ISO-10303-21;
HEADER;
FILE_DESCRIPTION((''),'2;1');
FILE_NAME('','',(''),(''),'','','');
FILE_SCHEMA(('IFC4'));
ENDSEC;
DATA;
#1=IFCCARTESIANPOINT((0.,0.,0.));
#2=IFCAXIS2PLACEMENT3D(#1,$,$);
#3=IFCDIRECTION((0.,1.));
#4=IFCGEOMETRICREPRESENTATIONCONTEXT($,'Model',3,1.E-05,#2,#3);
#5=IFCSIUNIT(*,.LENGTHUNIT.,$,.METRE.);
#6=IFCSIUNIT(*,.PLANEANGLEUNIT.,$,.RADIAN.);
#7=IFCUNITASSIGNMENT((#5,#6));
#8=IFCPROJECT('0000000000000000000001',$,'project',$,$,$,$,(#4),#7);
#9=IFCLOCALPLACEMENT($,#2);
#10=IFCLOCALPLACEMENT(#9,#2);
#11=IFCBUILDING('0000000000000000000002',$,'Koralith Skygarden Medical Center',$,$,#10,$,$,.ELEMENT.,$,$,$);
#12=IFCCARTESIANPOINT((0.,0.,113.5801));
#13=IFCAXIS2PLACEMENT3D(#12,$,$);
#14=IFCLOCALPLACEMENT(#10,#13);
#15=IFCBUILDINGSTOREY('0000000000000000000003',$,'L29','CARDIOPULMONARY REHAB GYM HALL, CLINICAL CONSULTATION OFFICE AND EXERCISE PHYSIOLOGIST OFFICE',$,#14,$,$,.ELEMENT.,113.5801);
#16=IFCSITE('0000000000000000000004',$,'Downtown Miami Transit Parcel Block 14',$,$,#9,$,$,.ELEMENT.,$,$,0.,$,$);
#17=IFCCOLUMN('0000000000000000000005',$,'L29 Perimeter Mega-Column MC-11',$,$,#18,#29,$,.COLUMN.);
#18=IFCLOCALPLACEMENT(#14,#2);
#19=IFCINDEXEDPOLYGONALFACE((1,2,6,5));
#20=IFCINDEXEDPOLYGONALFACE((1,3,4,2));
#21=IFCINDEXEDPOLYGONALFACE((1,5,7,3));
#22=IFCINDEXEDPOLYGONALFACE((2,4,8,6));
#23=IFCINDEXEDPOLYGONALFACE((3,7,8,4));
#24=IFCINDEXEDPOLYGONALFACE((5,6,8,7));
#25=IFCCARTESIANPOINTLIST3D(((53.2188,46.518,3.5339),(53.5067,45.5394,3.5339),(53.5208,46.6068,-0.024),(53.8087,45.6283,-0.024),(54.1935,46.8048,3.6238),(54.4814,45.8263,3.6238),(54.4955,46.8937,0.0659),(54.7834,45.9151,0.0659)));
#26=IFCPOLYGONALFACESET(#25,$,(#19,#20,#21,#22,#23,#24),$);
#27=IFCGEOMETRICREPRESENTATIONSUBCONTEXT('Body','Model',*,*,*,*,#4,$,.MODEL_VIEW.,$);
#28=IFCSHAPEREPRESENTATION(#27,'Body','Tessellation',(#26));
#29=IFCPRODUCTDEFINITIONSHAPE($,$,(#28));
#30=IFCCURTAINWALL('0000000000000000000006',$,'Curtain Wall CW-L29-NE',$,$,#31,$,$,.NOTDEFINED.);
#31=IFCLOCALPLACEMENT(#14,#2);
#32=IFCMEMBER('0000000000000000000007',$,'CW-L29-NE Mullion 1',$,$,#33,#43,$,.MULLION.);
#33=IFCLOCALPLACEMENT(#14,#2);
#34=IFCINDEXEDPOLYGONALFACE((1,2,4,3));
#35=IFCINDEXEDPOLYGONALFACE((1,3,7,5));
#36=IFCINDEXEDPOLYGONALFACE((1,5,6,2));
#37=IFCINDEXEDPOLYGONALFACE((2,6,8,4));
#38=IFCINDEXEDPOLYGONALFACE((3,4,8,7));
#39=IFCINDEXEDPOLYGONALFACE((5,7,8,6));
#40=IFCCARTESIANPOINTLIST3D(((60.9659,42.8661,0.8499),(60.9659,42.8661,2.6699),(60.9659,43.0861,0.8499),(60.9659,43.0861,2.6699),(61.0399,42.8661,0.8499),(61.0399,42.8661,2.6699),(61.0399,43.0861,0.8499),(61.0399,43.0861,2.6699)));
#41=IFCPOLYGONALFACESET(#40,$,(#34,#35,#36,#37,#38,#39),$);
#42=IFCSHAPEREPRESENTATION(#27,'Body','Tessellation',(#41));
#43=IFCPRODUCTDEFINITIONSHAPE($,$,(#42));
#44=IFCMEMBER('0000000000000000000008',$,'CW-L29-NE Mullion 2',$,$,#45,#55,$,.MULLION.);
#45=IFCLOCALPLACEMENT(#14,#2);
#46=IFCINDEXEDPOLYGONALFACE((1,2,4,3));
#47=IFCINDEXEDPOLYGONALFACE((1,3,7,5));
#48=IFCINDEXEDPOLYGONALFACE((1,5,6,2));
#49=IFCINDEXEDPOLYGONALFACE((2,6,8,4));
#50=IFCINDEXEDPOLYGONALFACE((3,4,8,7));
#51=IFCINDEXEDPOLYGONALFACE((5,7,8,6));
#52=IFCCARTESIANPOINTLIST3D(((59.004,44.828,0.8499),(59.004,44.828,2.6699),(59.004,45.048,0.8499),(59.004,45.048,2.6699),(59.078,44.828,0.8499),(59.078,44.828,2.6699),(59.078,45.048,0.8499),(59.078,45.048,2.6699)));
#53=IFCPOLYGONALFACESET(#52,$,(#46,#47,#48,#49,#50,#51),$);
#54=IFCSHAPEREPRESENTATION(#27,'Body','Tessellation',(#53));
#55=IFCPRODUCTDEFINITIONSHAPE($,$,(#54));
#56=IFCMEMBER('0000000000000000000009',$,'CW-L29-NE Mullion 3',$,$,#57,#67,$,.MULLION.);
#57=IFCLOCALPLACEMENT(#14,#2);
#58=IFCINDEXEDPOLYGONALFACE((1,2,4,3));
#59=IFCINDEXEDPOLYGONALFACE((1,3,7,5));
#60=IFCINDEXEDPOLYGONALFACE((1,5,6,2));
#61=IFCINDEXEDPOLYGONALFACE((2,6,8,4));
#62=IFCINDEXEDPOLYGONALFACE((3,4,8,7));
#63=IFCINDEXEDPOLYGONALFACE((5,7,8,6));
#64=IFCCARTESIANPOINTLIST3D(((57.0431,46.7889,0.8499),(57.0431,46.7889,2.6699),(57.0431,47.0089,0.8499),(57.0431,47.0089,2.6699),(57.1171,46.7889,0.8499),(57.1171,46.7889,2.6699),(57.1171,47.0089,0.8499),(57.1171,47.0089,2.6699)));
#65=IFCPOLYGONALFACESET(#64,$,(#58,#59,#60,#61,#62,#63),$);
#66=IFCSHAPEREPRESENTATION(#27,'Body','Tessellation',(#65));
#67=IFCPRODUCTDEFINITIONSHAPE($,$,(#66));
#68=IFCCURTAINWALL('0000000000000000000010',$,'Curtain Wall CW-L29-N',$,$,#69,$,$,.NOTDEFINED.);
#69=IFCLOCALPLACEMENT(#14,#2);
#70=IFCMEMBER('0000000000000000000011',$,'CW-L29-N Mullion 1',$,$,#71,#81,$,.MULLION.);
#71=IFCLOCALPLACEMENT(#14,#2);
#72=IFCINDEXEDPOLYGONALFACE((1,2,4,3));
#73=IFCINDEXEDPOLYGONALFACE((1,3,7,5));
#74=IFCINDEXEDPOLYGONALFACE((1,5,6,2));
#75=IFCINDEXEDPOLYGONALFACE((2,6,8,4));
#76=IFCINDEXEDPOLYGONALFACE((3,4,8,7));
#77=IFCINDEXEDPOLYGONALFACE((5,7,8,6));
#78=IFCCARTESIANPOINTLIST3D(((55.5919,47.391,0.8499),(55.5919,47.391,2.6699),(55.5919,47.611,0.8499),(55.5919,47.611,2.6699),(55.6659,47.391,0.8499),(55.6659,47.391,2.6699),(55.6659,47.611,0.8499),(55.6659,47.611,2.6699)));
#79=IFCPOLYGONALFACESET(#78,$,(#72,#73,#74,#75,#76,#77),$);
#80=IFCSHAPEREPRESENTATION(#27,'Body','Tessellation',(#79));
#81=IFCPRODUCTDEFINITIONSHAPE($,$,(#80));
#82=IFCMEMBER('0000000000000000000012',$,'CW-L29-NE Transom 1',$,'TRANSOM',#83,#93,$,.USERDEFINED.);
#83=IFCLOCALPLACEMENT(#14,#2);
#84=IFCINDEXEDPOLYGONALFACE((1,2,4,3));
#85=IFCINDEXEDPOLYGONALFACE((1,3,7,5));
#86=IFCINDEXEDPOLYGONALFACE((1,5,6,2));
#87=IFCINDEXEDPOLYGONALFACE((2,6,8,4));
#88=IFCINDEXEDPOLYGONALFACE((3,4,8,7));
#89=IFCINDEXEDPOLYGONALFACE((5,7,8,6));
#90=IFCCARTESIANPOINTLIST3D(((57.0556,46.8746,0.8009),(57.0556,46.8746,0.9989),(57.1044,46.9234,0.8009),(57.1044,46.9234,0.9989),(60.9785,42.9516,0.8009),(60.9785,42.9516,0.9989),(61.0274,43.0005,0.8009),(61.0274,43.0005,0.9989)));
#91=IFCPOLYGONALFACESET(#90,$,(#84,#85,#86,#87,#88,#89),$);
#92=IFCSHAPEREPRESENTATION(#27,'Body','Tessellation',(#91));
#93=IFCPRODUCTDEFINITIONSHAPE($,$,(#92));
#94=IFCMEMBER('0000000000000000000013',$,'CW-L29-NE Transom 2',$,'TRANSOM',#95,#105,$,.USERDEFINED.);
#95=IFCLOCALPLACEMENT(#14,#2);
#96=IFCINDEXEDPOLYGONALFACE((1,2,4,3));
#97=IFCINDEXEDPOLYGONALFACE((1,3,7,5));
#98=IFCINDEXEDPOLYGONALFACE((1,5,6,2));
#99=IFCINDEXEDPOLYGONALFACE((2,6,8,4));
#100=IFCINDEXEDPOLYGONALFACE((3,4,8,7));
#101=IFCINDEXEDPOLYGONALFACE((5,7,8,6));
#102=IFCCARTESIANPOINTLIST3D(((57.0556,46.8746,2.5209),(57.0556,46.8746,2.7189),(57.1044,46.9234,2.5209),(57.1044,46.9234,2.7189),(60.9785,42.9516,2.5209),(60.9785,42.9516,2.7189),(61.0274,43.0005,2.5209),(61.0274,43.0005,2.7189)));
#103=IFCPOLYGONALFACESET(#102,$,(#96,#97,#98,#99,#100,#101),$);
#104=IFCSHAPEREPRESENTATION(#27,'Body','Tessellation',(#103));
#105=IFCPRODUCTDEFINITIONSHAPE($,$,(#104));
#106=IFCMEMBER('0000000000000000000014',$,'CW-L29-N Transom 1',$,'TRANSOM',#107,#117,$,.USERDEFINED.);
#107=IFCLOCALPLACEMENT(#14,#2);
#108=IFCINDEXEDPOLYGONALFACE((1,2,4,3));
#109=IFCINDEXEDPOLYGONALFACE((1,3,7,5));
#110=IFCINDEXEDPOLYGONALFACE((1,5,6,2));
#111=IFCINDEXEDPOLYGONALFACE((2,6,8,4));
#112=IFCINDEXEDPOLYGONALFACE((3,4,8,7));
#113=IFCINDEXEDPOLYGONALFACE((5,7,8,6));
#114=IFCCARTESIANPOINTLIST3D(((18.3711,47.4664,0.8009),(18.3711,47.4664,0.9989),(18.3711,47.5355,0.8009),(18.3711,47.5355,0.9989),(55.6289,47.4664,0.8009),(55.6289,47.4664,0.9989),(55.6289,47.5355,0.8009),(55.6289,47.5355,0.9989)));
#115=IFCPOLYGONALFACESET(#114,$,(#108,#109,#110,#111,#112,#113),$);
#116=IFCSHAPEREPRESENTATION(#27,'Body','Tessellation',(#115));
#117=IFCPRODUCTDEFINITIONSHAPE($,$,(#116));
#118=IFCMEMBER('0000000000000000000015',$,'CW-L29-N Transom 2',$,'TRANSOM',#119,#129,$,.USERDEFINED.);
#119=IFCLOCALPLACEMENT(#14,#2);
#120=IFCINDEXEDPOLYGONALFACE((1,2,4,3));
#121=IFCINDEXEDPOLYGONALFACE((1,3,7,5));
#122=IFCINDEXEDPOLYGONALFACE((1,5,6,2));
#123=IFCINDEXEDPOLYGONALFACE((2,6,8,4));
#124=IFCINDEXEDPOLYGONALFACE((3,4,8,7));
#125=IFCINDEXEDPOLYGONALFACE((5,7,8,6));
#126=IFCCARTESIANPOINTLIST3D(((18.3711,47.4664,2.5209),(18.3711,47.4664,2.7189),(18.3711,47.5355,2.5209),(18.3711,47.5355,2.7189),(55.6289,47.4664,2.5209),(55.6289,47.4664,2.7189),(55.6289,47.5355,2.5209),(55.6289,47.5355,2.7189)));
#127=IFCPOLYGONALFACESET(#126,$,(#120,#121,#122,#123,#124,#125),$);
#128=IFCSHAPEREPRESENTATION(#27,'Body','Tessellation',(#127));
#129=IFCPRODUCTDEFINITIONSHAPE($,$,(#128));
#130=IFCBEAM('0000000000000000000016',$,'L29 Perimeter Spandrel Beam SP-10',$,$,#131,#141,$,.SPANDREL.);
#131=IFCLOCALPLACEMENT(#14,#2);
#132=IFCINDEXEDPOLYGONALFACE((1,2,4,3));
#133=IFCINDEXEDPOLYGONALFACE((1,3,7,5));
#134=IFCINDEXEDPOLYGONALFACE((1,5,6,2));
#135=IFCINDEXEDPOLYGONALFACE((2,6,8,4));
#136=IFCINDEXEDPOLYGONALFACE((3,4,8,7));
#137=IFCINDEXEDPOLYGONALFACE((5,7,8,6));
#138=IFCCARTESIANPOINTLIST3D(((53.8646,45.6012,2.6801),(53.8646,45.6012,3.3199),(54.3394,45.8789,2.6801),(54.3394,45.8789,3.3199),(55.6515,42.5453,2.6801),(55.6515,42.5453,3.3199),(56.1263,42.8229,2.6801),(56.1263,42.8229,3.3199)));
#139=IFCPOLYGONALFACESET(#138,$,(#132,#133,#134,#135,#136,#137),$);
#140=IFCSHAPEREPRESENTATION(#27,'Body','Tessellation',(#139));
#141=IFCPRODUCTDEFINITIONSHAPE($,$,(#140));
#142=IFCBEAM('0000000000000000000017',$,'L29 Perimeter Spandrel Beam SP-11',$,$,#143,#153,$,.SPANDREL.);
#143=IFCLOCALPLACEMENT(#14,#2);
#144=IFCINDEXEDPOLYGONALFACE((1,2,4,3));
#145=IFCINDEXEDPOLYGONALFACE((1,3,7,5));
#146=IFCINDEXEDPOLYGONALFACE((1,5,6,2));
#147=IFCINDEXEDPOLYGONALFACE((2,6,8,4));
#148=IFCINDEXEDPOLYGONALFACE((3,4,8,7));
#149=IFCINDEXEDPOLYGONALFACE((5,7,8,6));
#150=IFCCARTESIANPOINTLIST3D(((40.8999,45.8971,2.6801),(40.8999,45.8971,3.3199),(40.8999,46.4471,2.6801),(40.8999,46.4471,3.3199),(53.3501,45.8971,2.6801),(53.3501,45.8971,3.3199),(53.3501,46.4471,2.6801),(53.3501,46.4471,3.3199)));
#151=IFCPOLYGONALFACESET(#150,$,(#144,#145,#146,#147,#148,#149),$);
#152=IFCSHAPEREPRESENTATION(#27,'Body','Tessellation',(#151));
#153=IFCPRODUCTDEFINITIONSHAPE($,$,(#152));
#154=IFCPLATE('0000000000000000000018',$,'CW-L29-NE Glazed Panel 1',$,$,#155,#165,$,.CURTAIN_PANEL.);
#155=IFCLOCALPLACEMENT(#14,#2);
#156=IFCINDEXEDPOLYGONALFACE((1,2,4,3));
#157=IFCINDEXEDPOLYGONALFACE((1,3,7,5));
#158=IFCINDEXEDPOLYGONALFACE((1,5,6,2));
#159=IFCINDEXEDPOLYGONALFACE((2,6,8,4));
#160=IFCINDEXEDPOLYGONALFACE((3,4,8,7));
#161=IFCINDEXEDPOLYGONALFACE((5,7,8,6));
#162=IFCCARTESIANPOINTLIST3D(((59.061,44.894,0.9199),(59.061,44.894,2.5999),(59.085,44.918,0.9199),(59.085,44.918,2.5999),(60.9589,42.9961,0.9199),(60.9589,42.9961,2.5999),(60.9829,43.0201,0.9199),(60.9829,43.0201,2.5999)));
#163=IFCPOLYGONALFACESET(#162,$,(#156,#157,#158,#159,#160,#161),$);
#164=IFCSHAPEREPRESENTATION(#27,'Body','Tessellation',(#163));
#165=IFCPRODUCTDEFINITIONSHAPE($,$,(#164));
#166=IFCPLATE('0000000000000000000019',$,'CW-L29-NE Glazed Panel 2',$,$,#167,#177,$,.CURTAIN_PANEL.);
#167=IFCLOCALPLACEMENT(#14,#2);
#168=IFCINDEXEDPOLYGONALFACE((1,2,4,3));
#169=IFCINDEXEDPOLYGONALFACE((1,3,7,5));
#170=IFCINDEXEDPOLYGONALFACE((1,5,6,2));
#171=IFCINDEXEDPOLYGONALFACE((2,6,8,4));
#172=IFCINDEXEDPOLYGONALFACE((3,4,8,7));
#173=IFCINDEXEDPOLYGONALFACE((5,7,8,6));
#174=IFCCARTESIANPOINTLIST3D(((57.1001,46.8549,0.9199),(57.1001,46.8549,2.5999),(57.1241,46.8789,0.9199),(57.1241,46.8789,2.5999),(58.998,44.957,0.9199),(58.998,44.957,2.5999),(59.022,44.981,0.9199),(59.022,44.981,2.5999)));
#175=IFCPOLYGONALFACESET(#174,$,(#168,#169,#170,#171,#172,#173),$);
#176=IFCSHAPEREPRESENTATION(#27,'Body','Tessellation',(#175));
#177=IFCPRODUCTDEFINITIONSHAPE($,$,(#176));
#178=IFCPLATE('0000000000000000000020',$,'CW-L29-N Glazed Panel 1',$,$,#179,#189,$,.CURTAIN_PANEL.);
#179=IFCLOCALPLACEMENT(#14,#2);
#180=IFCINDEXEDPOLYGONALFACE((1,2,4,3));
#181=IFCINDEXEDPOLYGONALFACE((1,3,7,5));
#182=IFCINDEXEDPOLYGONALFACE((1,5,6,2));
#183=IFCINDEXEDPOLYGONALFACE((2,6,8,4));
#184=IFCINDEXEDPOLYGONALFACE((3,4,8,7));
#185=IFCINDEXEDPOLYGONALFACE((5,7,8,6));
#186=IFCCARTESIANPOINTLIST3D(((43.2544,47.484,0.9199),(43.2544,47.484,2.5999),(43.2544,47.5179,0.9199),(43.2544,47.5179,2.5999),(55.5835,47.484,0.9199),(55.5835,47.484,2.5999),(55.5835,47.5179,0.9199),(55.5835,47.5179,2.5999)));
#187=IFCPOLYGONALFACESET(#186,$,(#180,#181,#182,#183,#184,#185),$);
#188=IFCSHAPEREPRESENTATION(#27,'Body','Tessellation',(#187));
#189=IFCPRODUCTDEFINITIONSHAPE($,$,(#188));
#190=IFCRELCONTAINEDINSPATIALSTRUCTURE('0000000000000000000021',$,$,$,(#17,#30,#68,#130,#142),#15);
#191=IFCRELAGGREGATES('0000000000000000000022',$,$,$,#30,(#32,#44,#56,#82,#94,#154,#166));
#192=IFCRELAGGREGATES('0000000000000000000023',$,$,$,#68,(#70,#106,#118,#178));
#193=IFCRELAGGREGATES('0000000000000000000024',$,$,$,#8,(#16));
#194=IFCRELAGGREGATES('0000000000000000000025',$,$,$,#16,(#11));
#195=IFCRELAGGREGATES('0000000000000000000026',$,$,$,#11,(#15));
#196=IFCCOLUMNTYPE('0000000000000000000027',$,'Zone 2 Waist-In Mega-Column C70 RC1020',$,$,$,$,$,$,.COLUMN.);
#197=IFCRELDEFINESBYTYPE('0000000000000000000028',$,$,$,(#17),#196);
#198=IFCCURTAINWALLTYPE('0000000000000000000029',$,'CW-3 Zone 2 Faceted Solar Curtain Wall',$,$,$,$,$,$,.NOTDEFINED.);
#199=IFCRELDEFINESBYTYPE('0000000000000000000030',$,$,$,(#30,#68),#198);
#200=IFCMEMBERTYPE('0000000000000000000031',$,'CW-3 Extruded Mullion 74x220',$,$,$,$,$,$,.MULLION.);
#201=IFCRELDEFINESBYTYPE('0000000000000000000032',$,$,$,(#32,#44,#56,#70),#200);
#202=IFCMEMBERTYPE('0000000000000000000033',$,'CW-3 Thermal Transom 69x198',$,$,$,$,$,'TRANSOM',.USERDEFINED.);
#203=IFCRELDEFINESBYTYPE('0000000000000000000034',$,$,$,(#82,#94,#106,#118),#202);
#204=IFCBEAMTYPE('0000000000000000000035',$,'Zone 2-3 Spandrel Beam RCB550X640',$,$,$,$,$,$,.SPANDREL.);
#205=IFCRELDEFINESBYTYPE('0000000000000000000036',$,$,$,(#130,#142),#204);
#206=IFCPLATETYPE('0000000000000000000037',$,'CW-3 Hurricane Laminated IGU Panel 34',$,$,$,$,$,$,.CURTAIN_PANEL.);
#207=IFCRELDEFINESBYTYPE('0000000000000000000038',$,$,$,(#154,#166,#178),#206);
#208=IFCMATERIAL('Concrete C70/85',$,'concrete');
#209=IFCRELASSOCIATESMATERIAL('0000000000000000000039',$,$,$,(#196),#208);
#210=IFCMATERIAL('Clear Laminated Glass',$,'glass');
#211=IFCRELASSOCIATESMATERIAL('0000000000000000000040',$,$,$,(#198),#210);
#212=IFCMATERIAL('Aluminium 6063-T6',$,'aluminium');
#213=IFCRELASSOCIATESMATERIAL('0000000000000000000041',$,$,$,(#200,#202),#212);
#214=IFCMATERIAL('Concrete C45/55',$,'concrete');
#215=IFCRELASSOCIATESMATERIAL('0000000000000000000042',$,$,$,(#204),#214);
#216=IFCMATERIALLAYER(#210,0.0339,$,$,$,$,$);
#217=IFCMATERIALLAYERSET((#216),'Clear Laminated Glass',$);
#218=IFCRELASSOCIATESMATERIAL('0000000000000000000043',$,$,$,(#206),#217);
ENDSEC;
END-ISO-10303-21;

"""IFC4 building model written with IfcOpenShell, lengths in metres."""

from ifc_helpers import new_model, si_unit, direction, frame, origin, origin_2d, place, context, subcontext, project, spatial, rectangle, extrude, material, layer, layer_set, material_profile, profile_set, type_object, element, aggregate, save


model = new_model("IFC4")

# Units and contexts
model_context = context("Model", 3, precision=1e-05, world=origin(), true_north=direction((0.0, 1.0)))
body_context = subcontext(model_context, "Body", "Model", "MODEL_VIEW")
ifc_project = project(units=[si_unit("LENGTHUNIT", "METRE"), si_unit("PLANEANGLEUNIT", "RADIAN")], contexts=[model_context])

# Site, building, storey
site_placement = place(None, origin())
site = spatial("IfcSite", under=ifc_project, at=site_placement, Name="Downtown Miami Transit Parcel Block 14", CompositionType="ELEMENT", RefElevation=0.0)
building_placement = place(site_placement, origin())
building = spatial("IfcBuilding", under=site, at=building_placement, Name="Koralith Skygarden Medical Center", CompositionType="ELEMENT")
storey_placement = place(building_placement, frame((0.0, 0.0, 113.5801)))
storey = spatial("IfcBuildingStorey", under=building, at=storey_placement, Name="L29", Description="CARDIOPULMONARY REHAB GYM HALL, CLINICAL CONSULTATION OFFICE AND EXERCISE PHYSIOLOGIST OFFICE", CompositionType="ELEMENT", Elevation=113.5801)

# Column
ifc_material_1 = material(Name="Concrete C70/85", Category="concrete")
ifc_material_profile_1 = material_profile(ifc_material_1, rectangle(XDim=1.02, YDim=1.02, at=origin_2d()), Name="RC1020X1020")
ifc_profile_set_1 = profile_set([ifc_material_profile_1], Name="Concrete C70/85")
column_type = type_object("IfcColumnType", Name="Zone 2 Waist-In Mega-Column C70 RC1020", PredefinedType="COLUMN", material=ifc_profile_set_1)
column_placement = place(storey_placement, frame((54.1521, 46.261, 0.021), z_axis=(-0.084553, -0.02488, 0.996108), x_axis=(0.282292, -0.959328, 0.0)))
element("IfcColumn", 1, at=column_placement, inside=storey, type_object=column_type, Name="L29 Perimeter Mega-Column MC-11", PredefinedType="COLUMN", context=body_context, shape_type="SweptSolid", body=[
    extrude(rectangle(XDim=1.02, YDim=1.02, at=origin_2d()), origin(), (0.0, 0.0, 1.0), 3.5718),
])

# Curtain wall, members
ifc_material_2 = material(Name="Clear Laminated Glass", Category="glass")
curtain_wall_type = type_object("IfcCurtainWallType", Name="CW-3 Zone 2 Faceted Solar Curtain Wall", PredefinedType="NOTDEFINED", material=ifc_material_2)
curtain_wall_1_placement = place(storey_placement, origin())
curtain_wall_1 = element("IfcCurtainWall", 2, at=curtain_wall_1_placement, inside=storey, type_object=curtain_wall_type, Name="Curtain Wall CW-L29-NE", PredefinedType="NOTDEFINED")
ifc_material_3 = material(Name="Aluminium 6063-T6", Category="aluminium")
ifc_material_profile_2 = material_profile(ifc_material_3, rectangle(XDim=0.074, YDim=0.22, at=origin_2d()), Name="MUL74X220")
ifc_profile_set_2 = profile_set([ifc_material_profile_2], Name="Aluminium 6063-T6")
member_type_1 = type_object("IfcMemberType", Name="CW-3 Extruded Mullion 74x220", PredefinedType="MULLION", material=ifc_profile_set_2)
member_1_placement = place(storey_placement, frame((61.0029, 42.9761, 0.8499), z_axis=(0.0, 0.0, 1.0), x_axis=(1.0, 0.0, 0.0)))
member_1 = element("IfcMember", 3, at=member_1_placement, type_object=member_type_1, Name="CW-L29-NE Mullion 1", PredefinedType="MULLION", context=body_context, shape_type="SweptSolid", body=[
    extrude(rectangle(XDim=0.074, YDim=0.22, at=origin_2d()), origin(), (0.0, 0.0, 1.0), 1.8201),
])
member_2_placement = place(storey_placement, frame((59.041, 44.938, 0.8499), z_axis=(0.0, 0.0, 1.0), x_axis=(1.0, 0.0, 0.0)))
member_2 = element("IfcMember", 4, at=member_2_placement, type_object=member_type_1, Name="CW-L29-NE Mullion 2", PredefinedType="MULLION", context=body_context, shape_type="SweptSolid", body=[
    extrude(rectangle(XDim=0.074, YDim=0.22, at=origin_2d()), origin(), (0.0, 0.0, 1.0), 1.8201),
])
member_3_placement = place(storey_placement, frame((57.0801, 46.8989, 0.8499), z_axis=(0.0, 0.0, 1.0), x_axis=(1.0, 0.0, 0.0)))
member_3 = element("IfcMember", 5, at=member_3_placement, type_object=member_type_1, Name="CW-L29-NE Mullion 3", PredefinedType="MULLION", context=body_context, shape_type="SweptSolid", body=[
    extrude(rectangle(XDim=0.074, YDim=0.22, at=origin_2d()), origin(), (0.0, 0.0, 1.0), 1.8201),
])

# Curtain wall, member
curtain_wall_2_placement = place(storey_placement, origin())
curtain_wall_2 = element("IfcCurtainWall", 6, at=curtain_wall_2_placement, inside=storey, type_object=curtain_wall_type, Name="Curtain Wall CW-L29-N", PredefinedType="NOTDEFINED")
member_4_placement = place(storey_placement, frame((55.6289, 47.501, 0.8499), z_axis=(0.0, 0.0, 1.0), x_axis=(1.0, 0.0, 0.0)))
member_4 = element("IfcMember", 7, at=member_4_placement, type_object=member_type_1, Name="CW-L29-N Mullion 1", PredefinedType="MULLION", context=body_context, shape_type="SweptSolid", body=[
    extrude(rectangle(XDim=0.074, YDim=0.22, at=origin_2d()), origin(), (0.0, 0.0, 1.0), 1.8201),
])

# Members
ifc_material_profile_3 = material_profile(ifc_material_3, rectangle(XDim=0.0691, YDim=0.198, at=origin_2d()), Name="TRN69X198")
ifc_profile_set_3 = profile_set([ifc_material_profile_3], Name="Aluminium 6063-T6")
member_type_2 = type_object("IfcMemberType", Name="CW-3 Thermal Transom 69x198", ElementType="TRANSOM", PredefinedType="USERDEFINED", material=ifc_profile_set_3)
member_5_placement = place(storey_placement, frame((61.0029, 42.9761, 0.8999), z_axis=(-0.707107, 0.707107, 0.0), x_axis=(-0.707107, -0.707107, 0.0)))
member_5 = element("IfcMember", 8, at=member_5_placement, type_object=member_type_2, Name="CW-L29-NE Transom 1", ObjectType="TRANSOM", PredefinedType="USERDEFINED", context=body_context, shape_type="SweptSolid", body=[
    extrude(rectangle(XDim=0.0691, YDim=0.198, at=origin_2d()), origin(), (0.0, 0.0, 1.0), 5.5479),
])
member_6_placement = place(storey_placement, frame((61.0029, 42.9761, 2.6199), z_axis=(-0.707107, 0.707107, 0.0), x_axis=(-0.707107, -0.707107, 0.0)))
member_6 = element("IfcMember", 9, at=member_6_placement, type_object=member_type_2, Name="CW-L29-NE Transom 2", ObjectType="TRANSOM", PredefinedType="USERDEFINED", context=body_context, shape_type="SweptSolid", body=[
    extrude(rectangle(XDim=0.0691, YDim=0.198, at=origin_2d()), origin(), (0.0, 0.0, 1.0), 5.5479),
])
member_7_placement = place(storey_placement, frame((55.6289, 47.501, 0.8999), z_axis=(-1.0, 0.0, 0.0), x_axis=(0.0, -1.0, 0.0)))
member_7 = element("IfcMember", 10, at=member_7_placement, type_object=member_type_2, Name="CW-L29-N Transom 1", ObjectType="TRANSOM", PredefinedType="USERDEFINED", context=body_context, shape_type="SweptSolid", body=[
    extrude(rectangle(XDim=0.0691, YDim=0.198, at=origin_2d()), origin(), (0.0, 0.0, 1.0), 37.2578),
])
member_8_placement = place(storey_placement, frame((55.6289, 47.501, 2.6199), z_axis=(-1.0, 0.0, 0.0), x_axis=(0.0, -1.0, 0.0)))
member_8 = element("IfcMember", 11, at=member_8_placement, type_object=member_type_2, Name="CW-L29-N Transom 2", ObjectType="TRANSOM", PredefinedType="USERDEFINED", context=body_context, shape_type="SweptSolid", body=[
    extrude(rectangle(XDim=0.0691, YDim=0.198, at=origin_2d()), origin(), (0.0, 0.0, 1.0), 37.2578),
])

# Beams
ifc_material_4 = material(Name="Concrete C45/55", Category="concrete")
ifc_material_profile_4 = material_profile(ifc_material_4, rectangle(XDim=0.55, YDim=0.6399, at=origin_2d()), Name="RCB550X640")
ifc_profile_set_4 = profile_set([ifc_material_profile_4], Name="Concrete C45/55")
beam_type = type_object("IfcBeamType", Name="Zone 2-3 Spandrel Beam RCB550X640", PredefinedType="SPANDREL", material=ifc_profile_set_4)
beam_1_placement = place(storey_placement, frame((55.8889, 42.6841, 3.0), z_axis=(-0.504767, 0.863256, 0.0), x_axis=(-0.863256, -0.504767, 0.0)))
element("IfcBeam", 12, at=beam_1_placement, inside=storey, type_object=beam_type, Name="L29 Perimeter Spandrel Beam SP-10", PredefinedType="SPANDREL", context=body_context, shape_type="SweptSolid", body=[
    extrude(rectangle(XDim=0.55, YDim=0.6399, at=origin_2d()), origin(), (0.0, 0.0, 1.0), 3.54),
])
beam_2_placement = place(storey_placement, frame((53.3501, 46.1721, 3.0), z_axis=(-1.0, 0.0, 0.0), x_axis=(0.0, -1.0, 0.0)))
element("IfcBeam", 13, at=beam_2_placement, inside=storey, type_object=beam_type, Name="L29 Perimeter Spandrel Beam SP-11", PredefinedType="SPANDREL", context=body_context, shape_type="SweptSolid", body=[
    extrude(rectangle(XDim=0.55, YDim=0.6399, at=origin_2d()), origin(), (0.0, 0.0, 1.0), 12.4502),
])

# Plates
ifc_layer_1 = layer(ifc_material_2, 0.0339)
ifc_layer_set_1 = layer_set([ifc_layer_1], Name="Clear Laminated Glass")
plate_type_1 = type_object("IfcPlateType", Name="CW-3 Hurricane Laminated IGU Panel 34", PredefinedType="CURTAIN_PANEL", material=ifc_layer_set_1)
plate_1_placement = place(storey_placement, frame((60.022, 43.957, 0.9199), z_axis=(0.0, 0.0, 1.0), x_axis=(-0.707107, 0.707107, 0.0)))
plate_1 = element("IfcPlate", 14, at=plate_1_placement, type_object=plate_type_1, Name="CW-L29-NE Glazed Panel 1", PredefinedType="CURTAIN_PANEL", context=body_context, shape_type="SweptSolid", body=[
    extrude(rectangle(XDim=2.6841, YDim=0.0339, at=origin_2d()), origin(), (0.0, 0.0, 1.0), 1.6799),
])
plate_2_placement = place(storey_placement, frame((58.061, 45.918, 0.9199), z_axis=(0.0, 0.0, 1.0), x_axis=(-0.707107, 0.707107, 0.0)))
plate_2 = element("IfcPlate", 15, at=plate_2_placement, type_object=plate_type_1, Name="CW-L29-NE Glazed Panel 2", PredefinedType="CURTAIN_PANEL", context=body_context, shape_type="SweptSolid", body=[
    extrude(rectangle(XDim=2.6841, YDim=0.0339, at=origin_2d()), origin(), (0.0, 0.0, 1.0), 1.6799),
])
aggregate(curtain_wall_1, [member_1, member_2, member_3, member_5, member_6, plate_1, plate_2])
plate_3_placement = place(storey_placement, frame((49.4189, 47.501, 0.9199), z_axis=(0.0, 0.0, 1.0), x_axis=(-1.0, 0.0, 0.0)))
plate_3 = element("IfcPlate", 16, at=plate_3_placement, type_object=plate_type_1, Name="CW-L29-N Glazed Panel 1", PredefinedType="CURTAIN_PANEL", context=body_context, shape_type="SweptSolid", body=[
    extrude(rectangle(XDim=12.3291, YDim=0.0339, at=origin_2d()), origin(), (0.0, 0.0, 1.0), 1.6799),
])
aggregate(curtain_wall_2, [member_4, member_7, member_8, plate_3])

save(model, "model.ifc")
